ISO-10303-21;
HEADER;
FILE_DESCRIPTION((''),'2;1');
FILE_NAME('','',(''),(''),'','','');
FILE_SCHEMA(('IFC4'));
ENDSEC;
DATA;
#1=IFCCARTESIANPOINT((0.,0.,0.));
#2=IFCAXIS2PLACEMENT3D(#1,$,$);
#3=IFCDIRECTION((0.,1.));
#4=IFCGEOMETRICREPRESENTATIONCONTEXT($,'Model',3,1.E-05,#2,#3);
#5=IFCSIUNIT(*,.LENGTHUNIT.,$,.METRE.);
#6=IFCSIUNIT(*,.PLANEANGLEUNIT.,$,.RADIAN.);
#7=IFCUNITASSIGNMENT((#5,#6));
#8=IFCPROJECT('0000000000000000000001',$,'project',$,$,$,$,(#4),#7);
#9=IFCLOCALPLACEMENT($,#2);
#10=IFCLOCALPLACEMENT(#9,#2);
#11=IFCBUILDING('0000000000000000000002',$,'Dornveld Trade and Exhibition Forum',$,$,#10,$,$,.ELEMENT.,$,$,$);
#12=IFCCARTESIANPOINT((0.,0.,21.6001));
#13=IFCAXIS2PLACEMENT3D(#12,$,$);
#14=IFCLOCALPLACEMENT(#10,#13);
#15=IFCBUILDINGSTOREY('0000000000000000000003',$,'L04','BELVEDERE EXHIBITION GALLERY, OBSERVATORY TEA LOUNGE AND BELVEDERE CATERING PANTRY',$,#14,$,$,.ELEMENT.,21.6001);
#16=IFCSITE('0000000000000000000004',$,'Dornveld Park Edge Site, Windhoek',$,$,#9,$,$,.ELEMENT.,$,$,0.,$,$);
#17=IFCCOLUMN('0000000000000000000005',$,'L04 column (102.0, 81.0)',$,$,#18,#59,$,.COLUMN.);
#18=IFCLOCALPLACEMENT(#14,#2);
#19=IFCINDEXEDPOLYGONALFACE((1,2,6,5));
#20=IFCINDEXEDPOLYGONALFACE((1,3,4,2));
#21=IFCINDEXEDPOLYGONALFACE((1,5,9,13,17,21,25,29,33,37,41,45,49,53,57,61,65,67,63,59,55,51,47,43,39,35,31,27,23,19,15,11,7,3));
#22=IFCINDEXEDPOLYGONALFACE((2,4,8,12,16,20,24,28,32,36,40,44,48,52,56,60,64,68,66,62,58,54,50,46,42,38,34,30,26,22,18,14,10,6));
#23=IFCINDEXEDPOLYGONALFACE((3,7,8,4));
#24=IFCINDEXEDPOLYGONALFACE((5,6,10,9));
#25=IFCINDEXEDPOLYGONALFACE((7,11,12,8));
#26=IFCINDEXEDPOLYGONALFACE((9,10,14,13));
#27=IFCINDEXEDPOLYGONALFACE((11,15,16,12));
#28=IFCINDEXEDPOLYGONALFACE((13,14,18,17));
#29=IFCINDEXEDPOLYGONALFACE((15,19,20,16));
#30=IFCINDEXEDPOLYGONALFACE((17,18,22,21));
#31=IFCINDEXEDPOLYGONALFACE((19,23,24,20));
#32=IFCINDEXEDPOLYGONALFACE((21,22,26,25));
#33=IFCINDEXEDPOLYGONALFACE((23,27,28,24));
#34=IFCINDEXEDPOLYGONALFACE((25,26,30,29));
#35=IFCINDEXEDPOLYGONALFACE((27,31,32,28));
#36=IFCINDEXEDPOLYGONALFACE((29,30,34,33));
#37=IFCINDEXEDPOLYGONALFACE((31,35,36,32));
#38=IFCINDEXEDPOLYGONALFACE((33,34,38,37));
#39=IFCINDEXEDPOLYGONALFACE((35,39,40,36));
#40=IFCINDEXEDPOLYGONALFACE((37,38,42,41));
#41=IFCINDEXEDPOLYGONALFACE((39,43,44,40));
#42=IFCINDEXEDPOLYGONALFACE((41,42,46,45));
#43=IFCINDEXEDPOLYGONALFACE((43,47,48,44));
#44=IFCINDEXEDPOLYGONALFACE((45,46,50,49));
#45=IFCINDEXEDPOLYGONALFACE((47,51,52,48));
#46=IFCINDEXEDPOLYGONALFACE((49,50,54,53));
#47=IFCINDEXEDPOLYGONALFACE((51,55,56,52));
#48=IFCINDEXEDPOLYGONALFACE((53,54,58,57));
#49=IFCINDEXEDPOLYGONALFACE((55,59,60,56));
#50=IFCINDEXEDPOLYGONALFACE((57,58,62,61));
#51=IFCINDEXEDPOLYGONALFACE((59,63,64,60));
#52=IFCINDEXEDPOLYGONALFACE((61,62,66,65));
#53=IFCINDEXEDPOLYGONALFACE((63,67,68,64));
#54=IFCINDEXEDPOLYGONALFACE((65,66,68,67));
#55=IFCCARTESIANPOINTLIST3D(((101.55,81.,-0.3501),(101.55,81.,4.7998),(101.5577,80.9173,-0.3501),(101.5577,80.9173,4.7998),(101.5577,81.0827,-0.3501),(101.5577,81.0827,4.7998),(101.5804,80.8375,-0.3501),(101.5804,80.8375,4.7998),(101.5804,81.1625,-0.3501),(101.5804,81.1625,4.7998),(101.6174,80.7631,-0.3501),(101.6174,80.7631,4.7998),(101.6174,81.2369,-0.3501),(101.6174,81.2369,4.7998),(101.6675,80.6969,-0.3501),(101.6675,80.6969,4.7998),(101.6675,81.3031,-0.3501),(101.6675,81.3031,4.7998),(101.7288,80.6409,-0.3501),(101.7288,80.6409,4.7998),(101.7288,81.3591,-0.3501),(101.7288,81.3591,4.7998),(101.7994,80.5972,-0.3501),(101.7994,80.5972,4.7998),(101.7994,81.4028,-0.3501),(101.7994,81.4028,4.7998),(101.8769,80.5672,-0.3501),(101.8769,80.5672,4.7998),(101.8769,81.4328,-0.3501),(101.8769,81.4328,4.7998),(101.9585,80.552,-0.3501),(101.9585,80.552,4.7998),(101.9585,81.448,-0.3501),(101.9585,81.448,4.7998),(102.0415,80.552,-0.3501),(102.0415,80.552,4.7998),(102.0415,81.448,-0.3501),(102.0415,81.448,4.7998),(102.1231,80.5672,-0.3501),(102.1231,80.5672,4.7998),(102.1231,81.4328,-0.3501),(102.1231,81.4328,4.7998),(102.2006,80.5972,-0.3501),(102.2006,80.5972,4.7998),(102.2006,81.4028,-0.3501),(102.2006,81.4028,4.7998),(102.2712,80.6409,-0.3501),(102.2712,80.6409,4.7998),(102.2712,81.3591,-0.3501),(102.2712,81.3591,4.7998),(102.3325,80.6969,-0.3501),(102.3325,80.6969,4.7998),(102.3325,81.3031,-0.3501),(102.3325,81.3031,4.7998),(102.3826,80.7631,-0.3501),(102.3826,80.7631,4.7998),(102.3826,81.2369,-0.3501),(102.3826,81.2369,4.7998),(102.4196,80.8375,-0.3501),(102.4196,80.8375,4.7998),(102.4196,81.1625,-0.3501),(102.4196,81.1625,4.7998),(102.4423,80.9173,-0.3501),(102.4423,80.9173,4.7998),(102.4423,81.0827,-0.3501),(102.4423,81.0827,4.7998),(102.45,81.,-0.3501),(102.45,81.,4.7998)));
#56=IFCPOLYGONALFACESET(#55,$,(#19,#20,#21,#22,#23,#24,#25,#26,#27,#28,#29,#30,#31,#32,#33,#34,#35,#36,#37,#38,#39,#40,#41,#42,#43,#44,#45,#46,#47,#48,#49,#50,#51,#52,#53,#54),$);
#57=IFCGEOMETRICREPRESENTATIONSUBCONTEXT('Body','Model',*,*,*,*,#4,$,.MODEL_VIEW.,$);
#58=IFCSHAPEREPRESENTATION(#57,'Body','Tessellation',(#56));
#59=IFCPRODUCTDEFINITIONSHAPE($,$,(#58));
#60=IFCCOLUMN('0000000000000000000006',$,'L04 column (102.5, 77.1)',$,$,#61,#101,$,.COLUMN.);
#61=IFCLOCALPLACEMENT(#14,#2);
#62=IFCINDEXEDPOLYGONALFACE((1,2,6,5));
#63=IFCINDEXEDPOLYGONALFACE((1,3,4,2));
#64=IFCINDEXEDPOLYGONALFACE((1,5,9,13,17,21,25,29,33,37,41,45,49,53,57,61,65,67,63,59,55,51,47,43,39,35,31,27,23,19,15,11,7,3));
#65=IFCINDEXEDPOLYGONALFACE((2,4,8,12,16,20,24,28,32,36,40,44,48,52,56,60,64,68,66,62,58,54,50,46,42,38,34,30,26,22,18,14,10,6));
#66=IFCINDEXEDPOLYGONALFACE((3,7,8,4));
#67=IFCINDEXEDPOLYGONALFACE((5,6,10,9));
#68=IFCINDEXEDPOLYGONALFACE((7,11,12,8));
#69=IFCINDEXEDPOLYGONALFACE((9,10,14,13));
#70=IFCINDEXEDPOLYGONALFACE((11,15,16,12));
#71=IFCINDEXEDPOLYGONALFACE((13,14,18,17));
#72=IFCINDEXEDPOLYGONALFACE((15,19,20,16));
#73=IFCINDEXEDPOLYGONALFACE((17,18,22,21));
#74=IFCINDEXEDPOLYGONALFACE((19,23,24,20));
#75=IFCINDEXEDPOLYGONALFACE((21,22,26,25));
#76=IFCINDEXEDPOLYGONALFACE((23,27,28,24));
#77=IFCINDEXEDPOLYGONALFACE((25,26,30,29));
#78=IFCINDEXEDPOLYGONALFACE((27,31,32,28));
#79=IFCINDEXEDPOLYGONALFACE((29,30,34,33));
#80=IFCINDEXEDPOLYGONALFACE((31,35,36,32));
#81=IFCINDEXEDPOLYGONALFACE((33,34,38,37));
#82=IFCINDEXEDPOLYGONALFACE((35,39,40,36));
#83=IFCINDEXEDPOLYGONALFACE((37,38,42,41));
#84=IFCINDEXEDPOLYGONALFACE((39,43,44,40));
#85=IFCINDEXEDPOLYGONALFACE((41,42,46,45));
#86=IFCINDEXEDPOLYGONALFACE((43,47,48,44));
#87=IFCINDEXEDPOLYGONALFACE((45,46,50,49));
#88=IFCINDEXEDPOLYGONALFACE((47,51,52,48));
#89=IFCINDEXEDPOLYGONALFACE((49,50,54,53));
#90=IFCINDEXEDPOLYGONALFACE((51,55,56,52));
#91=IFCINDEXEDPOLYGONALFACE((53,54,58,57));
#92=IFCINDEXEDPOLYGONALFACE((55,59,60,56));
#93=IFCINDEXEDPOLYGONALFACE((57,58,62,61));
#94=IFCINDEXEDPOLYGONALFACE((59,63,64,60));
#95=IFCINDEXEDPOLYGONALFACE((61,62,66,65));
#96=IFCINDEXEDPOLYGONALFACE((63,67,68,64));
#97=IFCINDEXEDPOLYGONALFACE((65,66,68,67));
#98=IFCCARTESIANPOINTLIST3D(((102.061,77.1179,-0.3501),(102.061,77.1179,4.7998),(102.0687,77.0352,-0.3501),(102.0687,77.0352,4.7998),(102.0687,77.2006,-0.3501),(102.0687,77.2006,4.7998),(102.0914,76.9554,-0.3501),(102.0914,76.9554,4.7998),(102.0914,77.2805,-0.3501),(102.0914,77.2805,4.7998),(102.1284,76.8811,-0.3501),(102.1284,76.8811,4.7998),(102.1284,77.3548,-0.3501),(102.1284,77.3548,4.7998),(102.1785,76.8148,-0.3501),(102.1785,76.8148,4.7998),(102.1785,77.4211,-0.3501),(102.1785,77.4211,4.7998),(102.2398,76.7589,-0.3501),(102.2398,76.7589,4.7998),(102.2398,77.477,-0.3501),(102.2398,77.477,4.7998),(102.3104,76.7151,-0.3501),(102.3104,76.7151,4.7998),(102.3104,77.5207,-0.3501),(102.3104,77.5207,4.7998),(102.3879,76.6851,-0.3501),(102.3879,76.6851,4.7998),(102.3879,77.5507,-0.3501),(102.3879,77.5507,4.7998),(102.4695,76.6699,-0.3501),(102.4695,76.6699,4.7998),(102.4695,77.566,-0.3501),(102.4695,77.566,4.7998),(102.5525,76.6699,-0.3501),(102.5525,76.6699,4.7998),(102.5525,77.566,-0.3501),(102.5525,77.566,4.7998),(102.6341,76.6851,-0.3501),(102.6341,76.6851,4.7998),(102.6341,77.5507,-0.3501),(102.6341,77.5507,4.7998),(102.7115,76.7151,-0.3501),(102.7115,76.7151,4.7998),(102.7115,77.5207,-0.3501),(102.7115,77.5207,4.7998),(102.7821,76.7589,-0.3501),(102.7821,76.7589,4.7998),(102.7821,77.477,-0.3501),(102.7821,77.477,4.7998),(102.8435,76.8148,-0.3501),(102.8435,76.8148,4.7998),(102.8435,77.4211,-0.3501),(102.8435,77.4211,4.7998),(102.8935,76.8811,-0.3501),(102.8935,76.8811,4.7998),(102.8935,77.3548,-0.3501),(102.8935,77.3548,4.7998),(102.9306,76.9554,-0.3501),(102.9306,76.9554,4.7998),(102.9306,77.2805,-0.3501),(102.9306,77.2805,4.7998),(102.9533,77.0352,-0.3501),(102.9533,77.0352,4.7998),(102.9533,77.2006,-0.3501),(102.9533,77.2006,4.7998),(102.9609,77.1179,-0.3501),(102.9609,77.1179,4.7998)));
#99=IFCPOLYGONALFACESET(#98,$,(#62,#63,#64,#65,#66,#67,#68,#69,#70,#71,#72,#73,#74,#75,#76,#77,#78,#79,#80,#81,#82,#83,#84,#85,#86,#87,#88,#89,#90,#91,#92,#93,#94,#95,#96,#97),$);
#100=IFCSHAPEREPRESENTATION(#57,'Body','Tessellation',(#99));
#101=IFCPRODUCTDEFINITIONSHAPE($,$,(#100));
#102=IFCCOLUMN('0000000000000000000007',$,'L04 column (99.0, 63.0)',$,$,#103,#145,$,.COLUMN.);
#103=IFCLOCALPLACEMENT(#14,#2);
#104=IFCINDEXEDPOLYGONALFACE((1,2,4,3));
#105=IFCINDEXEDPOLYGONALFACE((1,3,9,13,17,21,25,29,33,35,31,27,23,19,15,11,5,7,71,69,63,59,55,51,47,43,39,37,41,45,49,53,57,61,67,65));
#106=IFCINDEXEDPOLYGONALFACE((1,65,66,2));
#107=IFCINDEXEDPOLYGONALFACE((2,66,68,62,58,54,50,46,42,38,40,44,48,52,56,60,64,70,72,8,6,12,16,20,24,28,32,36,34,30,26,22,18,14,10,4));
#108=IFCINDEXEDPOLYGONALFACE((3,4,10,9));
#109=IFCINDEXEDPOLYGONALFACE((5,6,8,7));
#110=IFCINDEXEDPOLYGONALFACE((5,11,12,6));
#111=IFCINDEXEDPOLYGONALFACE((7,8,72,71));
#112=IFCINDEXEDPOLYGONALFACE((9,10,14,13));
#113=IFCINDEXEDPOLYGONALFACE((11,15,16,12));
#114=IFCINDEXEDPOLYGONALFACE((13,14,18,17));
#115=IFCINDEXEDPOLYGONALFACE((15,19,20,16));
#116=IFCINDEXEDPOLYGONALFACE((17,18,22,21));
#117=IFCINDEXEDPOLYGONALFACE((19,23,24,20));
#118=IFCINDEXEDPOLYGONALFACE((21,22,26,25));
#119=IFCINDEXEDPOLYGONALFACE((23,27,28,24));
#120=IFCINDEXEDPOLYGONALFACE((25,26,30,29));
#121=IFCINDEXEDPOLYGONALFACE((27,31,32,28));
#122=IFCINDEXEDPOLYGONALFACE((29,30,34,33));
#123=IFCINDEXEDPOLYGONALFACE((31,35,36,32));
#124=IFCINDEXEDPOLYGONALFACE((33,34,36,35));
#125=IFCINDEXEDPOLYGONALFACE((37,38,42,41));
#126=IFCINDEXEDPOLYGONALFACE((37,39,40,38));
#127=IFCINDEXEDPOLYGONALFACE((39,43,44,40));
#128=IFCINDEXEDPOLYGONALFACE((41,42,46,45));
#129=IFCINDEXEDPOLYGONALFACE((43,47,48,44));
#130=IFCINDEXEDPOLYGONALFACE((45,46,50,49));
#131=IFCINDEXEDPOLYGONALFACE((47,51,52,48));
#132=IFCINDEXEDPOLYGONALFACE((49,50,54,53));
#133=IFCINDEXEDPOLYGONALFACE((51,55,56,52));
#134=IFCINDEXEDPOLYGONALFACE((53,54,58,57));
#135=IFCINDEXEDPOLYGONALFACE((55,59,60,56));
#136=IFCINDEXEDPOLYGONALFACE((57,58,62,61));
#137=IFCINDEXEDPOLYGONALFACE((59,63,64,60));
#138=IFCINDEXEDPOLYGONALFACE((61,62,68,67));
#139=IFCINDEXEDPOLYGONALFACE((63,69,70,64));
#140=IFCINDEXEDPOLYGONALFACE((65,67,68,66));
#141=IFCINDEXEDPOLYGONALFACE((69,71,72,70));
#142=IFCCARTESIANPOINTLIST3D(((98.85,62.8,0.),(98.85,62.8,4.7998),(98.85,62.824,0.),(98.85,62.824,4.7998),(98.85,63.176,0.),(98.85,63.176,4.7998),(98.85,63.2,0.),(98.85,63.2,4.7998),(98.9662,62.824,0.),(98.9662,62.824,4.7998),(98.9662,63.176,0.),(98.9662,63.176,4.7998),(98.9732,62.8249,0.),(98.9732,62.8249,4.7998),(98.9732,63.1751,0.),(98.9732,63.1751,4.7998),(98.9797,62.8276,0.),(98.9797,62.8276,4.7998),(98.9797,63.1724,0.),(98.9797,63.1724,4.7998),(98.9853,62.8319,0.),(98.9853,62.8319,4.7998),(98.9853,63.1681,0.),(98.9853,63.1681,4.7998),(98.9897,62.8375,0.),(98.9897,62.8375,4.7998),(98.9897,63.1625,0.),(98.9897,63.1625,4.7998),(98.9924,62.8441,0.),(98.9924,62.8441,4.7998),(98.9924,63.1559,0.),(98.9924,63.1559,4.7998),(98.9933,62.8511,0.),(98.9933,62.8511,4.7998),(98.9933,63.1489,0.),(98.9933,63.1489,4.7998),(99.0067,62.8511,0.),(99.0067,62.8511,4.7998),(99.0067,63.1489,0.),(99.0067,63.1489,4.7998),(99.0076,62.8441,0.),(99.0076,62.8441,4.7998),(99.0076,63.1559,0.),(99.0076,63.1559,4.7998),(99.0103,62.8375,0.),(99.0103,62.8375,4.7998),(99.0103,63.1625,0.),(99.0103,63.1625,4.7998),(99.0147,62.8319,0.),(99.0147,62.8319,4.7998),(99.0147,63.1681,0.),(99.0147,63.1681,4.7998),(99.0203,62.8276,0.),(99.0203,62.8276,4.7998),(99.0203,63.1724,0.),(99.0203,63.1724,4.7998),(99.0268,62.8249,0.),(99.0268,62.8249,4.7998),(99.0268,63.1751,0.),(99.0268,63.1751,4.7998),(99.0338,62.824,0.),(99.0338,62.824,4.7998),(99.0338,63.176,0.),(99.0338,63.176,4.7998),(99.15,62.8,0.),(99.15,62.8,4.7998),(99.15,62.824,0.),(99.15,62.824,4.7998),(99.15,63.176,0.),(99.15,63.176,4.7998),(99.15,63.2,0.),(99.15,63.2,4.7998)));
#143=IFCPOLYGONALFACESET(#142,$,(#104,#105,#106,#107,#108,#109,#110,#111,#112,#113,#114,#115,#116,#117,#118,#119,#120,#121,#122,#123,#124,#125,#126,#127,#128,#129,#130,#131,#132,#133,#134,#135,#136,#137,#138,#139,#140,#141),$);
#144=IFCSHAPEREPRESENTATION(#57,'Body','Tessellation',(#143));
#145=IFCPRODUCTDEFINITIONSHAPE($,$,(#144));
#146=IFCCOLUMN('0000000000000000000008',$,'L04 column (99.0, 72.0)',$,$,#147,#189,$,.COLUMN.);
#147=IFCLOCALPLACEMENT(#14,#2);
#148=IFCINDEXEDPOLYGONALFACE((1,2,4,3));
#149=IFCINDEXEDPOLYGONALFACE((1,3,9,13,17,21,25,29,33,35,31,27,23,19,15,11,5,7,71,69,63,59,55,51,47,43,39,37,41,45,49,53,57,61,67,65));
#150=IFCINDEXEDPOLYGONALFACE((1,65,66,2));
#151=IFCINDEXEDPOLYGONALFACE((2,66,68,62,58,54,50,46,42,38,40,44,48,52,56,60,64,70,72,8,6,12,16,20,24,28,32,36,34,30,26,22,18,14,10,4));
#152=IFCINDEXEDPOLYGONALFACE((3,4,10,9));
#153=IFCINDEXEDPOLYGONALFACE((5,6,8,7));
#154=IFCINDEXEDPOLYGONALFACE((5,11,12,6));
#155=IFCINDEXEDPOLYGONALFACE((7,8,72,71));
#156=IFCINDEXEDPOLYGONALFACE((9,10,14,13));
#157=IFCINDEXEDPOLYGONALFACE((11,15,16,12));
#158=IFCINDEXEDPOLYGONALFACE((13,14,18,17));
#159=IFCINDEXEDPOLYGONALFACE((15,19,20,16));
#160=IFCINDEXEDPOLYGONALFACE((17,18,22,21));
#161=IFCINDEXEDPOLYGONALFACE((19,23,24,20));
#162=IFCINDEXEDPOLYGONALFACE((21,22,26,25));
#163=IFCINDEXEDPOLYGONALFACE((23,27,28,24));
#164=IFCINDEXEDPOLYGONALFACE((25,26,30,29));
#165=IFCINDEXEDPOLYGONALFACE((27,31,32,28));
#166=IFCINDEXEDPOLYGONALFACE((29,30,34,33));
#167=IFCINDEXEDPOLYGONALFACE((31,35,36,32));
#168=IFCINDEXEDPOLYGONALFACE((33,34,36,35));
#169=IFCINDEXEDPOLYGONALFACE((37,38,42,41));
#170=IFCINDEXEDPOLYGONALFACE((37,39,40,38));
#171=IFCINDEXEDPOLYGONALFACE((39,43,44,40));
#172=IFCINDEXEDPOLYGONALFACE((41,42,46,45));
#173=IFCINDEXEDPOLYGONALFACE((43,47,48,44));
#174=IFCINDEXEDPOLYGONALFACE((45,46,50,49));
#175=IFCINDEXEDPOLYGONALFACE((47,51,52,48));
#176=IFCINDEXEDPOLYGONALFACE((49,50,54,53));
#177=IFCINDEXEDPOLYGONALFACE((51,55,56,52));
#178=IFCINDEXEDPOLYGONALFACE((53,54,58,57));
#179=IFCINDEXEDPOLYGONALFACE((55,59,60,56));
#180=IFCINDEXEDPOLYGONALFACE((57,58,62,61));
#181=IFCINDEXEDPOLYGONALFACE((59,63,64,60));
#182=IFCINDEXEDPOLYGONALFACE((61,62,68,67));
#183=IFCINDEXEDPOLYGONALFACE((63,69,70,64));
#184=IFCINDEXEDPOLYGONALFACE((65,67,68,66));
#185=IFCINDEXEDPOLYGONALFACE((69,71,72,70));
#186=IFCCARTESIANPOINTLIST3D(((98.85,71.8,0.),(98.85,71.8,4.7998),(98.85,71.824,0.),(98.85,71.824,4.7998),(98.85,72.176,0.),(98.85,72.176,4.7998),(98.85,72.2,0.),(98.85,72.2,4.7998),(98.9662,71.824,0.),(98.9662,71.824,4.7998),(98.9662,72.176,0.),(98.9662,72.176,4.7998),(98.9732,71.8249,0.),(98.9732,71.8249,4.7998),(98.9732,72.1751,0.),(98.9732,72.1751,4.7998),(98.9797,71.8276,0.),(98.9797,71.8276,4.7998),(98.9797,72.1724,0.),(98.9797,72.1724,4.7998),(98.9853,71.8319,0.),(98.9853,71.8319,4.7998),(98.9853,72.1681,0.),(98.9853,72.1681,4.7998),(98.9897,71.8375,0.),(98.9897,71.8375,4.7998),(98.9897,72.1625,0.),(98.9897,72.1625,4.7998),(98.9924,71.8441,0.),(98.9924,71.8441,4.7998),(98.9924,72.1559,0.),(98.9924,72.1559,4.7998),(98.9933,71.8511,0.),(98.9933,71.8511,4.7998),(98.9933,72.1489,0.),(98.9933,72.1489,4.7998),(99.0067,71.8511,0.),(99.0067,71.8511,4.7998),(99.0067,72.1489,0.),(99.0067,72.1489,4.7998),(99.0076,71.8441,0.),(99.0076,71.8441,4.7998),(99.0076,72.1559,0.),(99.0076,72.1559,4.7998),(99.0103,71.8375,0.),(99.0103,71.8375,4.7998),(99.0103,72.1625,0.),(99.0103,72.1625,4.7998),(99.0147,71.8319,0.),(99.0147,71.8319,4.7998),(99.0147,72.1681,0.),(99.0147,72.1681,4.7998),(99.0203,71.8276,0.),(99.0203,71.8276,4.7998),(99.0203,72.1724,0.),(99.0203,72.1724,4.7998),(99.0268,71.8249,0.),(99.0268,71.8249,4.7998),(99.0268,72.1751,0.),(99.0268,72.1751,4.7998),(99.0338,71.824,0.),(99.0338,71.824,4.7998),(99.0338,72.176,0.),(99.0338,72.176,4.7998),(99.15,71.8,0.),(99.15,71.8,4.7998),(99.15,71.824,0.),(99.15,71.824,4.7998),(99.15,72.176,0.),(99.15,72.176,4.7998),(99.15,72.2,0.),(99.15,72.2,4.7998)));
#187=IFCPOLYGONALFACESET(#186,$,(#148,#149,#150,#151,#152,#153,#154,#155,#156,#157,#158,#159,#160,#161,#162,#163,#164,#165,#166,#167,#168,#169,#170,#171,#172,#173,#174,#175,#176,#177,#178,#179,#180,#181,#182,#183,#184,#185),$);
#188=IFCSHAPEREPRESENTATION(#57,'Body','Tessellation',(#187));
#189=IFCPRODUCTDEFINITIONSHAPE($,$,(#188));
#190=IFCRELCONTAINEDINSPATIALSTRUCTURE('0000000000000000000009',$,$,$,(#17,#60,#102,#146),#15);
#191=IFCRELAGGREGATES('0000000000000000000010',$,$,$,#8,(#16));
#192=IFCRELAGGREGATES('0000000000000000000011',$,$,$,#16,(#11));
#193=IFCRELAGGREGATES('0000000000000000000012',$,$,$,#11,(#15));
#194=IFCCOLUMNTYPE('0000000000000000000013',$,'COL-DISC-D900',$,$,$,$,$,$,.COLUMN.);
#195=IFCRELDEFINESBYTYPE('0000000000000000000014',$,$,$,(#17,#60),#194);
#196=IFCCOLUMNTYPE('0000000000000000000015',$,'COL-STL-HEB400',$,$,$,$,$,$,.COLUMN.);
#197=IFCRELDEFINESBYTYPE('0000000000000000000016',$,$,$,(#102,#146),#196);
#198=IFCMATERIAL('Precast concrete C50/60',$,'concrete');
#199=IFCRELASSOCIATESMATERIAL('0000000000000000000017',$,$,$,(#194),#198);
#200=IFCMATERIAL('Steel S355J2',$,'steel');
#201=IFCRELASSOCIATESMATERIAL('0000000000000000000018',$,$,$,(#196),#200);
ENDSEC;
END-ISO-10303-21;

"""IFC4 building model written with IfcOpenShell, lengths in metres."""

from ifc_helpers import new_model, si_unit, direction, frame, origin, origin_2d, place, context, subcontext, project, spatial, circle, i_section, extrude, material, material_profile, profile_set, type_object, element, save


model = new_model("IFC4")

# Units and contexts
model_context = context("Model", 3, precision=1e-05, world=origin(), true_north=direction((0.0, 1.0)))
body_context = subcontext(model_context, "Body", "Model", "MODEL_VIEW")
ifc_project = project(units=[si_unit("LENGTHUNIT", "METRE"), si_unit("PLANEANGLEUNIT", "RADIAN")], contexts=[model_context])

# Site, building, storey
site_placement = place(None, origin())
site = spatial("IfcSite", under=ifc_project, at=site_placement, Name="Dornveld Park Edge Site, Windhoek", CompositionType="ELEMENT", RefElevation=0.0)
building_placement = place(site_placement, origin())
building = spatial("IfcBuilding", under=site, at=building_placement, Name="Dornveld Trade and Exhibition Forum", CompositionType="ELEMENT")
storey_placement = place(building_placement, frame((0.0, 0.0, 21.6001)))
storey = spatial("IfcBuildingStorey", under=building, at=storey_placement, Name="L04", Description="BELVEDERE EXHIBITION GALLERY, OBSERVATORY TEA LOUNGE AND BELVEDERE CATERING PANTRY", CompositionType="ELEMENT", Elevation=21.6001)

# Columns
ifc_material_1 = material(Name="Precast concrete C50/60", Category="concrete")
ifc_material_profile_1 = material_profile(ifc_material_1, circle(Radius=0.45, at=origin_2d()), Name="PC-COL D900")
ifc_profile_set_1 = profile_set([ifc_material_profile_1], Name="Precast concrete C50/60")
column_type_1 = type_object("IfcColumnType", Name="COL-DISC-D900", PredefinedType="COLUMN", material=ifc_profile_set_1)
for number, where, z_axis, x_axis, name in (
    (1, (102.0, 81.0, -0.3501), (0.0, 0.0, 1.0), (1.0, 0.0, 0.0), "L04 column (102.0, 81.0)"),
    (2, (102.511, 77.1179, -0.3501), (0.0, 0.0, 1.0), (1.0, 0.0, 0.0), "L04 column (102.5, 77.1)"),
):
    element("IfcColumn", number, at=place(storey_placement, frame(where, z_axis=z_axis, x_axis=x_axis)), inside=storey, type_object=column_type_1, Name=name, PredefinedType="COLUMN", context=body_context, shape_type="SweptSolid", body=[
        extrude(circle(Radius=0.45, at=origin_2d()), origin(), (0.0, 0.0, 1.0), 5.1499),
    ])
ifc_material_2 = material(Name="Steel S355J2", Category="steel")
ifc_material_profile_2 = material_profile(ifc_material_2, i_section(OverallWidth=0.3, OverallDepth=0.3999, WebThickness=0.0134, FlangeThickness=0.0239, FilletRadius=0.0271, at=origin_2d()), Name="HEB 400")
ifc_profile_set_2 = profile_set([ifc_material_profile_2], Name="Steel S355J2")
column_type_2 = type_object("IfcColumnType", Name="COL-STL-HEB400", PredefinedType="COLUMN", material=ifc_profile_set_2)
for number, where, z_axis, x_axis, name in (
    (3, (99.0, 63.0, 0.0), (0.0, 0.0, 1.0), (1.0, 0.0, 0.0), "L04 column (99.0, 63.0)"),
    (4, (99.0, 72.0, 0.0), (0.0, 0.0, 1.0), (1.0, 0.0, 0.0), "L04 column (99.0, 72.0)"),
):
    element("IfcColumn", number, at=place(storey_placement, frame(where, z_axis=z_axis, x_axis=x_axis)), inside=storey, type_object=column_type_2, Name=name, PredefinedType="COLUMN", context=body_context, shape_type="SweptSolid", body=[
        extrude(i_section(OverallWidth=0.3, OverallDepth=0.3999, WebThickness=0.0134, FlangeThickness=0.0239, FilletRadius=0.0271, at=origin_2d()), origin(), (0.0, 0.0, 1.0), 4.7998),
    ])

save(model, "model.ifc")
